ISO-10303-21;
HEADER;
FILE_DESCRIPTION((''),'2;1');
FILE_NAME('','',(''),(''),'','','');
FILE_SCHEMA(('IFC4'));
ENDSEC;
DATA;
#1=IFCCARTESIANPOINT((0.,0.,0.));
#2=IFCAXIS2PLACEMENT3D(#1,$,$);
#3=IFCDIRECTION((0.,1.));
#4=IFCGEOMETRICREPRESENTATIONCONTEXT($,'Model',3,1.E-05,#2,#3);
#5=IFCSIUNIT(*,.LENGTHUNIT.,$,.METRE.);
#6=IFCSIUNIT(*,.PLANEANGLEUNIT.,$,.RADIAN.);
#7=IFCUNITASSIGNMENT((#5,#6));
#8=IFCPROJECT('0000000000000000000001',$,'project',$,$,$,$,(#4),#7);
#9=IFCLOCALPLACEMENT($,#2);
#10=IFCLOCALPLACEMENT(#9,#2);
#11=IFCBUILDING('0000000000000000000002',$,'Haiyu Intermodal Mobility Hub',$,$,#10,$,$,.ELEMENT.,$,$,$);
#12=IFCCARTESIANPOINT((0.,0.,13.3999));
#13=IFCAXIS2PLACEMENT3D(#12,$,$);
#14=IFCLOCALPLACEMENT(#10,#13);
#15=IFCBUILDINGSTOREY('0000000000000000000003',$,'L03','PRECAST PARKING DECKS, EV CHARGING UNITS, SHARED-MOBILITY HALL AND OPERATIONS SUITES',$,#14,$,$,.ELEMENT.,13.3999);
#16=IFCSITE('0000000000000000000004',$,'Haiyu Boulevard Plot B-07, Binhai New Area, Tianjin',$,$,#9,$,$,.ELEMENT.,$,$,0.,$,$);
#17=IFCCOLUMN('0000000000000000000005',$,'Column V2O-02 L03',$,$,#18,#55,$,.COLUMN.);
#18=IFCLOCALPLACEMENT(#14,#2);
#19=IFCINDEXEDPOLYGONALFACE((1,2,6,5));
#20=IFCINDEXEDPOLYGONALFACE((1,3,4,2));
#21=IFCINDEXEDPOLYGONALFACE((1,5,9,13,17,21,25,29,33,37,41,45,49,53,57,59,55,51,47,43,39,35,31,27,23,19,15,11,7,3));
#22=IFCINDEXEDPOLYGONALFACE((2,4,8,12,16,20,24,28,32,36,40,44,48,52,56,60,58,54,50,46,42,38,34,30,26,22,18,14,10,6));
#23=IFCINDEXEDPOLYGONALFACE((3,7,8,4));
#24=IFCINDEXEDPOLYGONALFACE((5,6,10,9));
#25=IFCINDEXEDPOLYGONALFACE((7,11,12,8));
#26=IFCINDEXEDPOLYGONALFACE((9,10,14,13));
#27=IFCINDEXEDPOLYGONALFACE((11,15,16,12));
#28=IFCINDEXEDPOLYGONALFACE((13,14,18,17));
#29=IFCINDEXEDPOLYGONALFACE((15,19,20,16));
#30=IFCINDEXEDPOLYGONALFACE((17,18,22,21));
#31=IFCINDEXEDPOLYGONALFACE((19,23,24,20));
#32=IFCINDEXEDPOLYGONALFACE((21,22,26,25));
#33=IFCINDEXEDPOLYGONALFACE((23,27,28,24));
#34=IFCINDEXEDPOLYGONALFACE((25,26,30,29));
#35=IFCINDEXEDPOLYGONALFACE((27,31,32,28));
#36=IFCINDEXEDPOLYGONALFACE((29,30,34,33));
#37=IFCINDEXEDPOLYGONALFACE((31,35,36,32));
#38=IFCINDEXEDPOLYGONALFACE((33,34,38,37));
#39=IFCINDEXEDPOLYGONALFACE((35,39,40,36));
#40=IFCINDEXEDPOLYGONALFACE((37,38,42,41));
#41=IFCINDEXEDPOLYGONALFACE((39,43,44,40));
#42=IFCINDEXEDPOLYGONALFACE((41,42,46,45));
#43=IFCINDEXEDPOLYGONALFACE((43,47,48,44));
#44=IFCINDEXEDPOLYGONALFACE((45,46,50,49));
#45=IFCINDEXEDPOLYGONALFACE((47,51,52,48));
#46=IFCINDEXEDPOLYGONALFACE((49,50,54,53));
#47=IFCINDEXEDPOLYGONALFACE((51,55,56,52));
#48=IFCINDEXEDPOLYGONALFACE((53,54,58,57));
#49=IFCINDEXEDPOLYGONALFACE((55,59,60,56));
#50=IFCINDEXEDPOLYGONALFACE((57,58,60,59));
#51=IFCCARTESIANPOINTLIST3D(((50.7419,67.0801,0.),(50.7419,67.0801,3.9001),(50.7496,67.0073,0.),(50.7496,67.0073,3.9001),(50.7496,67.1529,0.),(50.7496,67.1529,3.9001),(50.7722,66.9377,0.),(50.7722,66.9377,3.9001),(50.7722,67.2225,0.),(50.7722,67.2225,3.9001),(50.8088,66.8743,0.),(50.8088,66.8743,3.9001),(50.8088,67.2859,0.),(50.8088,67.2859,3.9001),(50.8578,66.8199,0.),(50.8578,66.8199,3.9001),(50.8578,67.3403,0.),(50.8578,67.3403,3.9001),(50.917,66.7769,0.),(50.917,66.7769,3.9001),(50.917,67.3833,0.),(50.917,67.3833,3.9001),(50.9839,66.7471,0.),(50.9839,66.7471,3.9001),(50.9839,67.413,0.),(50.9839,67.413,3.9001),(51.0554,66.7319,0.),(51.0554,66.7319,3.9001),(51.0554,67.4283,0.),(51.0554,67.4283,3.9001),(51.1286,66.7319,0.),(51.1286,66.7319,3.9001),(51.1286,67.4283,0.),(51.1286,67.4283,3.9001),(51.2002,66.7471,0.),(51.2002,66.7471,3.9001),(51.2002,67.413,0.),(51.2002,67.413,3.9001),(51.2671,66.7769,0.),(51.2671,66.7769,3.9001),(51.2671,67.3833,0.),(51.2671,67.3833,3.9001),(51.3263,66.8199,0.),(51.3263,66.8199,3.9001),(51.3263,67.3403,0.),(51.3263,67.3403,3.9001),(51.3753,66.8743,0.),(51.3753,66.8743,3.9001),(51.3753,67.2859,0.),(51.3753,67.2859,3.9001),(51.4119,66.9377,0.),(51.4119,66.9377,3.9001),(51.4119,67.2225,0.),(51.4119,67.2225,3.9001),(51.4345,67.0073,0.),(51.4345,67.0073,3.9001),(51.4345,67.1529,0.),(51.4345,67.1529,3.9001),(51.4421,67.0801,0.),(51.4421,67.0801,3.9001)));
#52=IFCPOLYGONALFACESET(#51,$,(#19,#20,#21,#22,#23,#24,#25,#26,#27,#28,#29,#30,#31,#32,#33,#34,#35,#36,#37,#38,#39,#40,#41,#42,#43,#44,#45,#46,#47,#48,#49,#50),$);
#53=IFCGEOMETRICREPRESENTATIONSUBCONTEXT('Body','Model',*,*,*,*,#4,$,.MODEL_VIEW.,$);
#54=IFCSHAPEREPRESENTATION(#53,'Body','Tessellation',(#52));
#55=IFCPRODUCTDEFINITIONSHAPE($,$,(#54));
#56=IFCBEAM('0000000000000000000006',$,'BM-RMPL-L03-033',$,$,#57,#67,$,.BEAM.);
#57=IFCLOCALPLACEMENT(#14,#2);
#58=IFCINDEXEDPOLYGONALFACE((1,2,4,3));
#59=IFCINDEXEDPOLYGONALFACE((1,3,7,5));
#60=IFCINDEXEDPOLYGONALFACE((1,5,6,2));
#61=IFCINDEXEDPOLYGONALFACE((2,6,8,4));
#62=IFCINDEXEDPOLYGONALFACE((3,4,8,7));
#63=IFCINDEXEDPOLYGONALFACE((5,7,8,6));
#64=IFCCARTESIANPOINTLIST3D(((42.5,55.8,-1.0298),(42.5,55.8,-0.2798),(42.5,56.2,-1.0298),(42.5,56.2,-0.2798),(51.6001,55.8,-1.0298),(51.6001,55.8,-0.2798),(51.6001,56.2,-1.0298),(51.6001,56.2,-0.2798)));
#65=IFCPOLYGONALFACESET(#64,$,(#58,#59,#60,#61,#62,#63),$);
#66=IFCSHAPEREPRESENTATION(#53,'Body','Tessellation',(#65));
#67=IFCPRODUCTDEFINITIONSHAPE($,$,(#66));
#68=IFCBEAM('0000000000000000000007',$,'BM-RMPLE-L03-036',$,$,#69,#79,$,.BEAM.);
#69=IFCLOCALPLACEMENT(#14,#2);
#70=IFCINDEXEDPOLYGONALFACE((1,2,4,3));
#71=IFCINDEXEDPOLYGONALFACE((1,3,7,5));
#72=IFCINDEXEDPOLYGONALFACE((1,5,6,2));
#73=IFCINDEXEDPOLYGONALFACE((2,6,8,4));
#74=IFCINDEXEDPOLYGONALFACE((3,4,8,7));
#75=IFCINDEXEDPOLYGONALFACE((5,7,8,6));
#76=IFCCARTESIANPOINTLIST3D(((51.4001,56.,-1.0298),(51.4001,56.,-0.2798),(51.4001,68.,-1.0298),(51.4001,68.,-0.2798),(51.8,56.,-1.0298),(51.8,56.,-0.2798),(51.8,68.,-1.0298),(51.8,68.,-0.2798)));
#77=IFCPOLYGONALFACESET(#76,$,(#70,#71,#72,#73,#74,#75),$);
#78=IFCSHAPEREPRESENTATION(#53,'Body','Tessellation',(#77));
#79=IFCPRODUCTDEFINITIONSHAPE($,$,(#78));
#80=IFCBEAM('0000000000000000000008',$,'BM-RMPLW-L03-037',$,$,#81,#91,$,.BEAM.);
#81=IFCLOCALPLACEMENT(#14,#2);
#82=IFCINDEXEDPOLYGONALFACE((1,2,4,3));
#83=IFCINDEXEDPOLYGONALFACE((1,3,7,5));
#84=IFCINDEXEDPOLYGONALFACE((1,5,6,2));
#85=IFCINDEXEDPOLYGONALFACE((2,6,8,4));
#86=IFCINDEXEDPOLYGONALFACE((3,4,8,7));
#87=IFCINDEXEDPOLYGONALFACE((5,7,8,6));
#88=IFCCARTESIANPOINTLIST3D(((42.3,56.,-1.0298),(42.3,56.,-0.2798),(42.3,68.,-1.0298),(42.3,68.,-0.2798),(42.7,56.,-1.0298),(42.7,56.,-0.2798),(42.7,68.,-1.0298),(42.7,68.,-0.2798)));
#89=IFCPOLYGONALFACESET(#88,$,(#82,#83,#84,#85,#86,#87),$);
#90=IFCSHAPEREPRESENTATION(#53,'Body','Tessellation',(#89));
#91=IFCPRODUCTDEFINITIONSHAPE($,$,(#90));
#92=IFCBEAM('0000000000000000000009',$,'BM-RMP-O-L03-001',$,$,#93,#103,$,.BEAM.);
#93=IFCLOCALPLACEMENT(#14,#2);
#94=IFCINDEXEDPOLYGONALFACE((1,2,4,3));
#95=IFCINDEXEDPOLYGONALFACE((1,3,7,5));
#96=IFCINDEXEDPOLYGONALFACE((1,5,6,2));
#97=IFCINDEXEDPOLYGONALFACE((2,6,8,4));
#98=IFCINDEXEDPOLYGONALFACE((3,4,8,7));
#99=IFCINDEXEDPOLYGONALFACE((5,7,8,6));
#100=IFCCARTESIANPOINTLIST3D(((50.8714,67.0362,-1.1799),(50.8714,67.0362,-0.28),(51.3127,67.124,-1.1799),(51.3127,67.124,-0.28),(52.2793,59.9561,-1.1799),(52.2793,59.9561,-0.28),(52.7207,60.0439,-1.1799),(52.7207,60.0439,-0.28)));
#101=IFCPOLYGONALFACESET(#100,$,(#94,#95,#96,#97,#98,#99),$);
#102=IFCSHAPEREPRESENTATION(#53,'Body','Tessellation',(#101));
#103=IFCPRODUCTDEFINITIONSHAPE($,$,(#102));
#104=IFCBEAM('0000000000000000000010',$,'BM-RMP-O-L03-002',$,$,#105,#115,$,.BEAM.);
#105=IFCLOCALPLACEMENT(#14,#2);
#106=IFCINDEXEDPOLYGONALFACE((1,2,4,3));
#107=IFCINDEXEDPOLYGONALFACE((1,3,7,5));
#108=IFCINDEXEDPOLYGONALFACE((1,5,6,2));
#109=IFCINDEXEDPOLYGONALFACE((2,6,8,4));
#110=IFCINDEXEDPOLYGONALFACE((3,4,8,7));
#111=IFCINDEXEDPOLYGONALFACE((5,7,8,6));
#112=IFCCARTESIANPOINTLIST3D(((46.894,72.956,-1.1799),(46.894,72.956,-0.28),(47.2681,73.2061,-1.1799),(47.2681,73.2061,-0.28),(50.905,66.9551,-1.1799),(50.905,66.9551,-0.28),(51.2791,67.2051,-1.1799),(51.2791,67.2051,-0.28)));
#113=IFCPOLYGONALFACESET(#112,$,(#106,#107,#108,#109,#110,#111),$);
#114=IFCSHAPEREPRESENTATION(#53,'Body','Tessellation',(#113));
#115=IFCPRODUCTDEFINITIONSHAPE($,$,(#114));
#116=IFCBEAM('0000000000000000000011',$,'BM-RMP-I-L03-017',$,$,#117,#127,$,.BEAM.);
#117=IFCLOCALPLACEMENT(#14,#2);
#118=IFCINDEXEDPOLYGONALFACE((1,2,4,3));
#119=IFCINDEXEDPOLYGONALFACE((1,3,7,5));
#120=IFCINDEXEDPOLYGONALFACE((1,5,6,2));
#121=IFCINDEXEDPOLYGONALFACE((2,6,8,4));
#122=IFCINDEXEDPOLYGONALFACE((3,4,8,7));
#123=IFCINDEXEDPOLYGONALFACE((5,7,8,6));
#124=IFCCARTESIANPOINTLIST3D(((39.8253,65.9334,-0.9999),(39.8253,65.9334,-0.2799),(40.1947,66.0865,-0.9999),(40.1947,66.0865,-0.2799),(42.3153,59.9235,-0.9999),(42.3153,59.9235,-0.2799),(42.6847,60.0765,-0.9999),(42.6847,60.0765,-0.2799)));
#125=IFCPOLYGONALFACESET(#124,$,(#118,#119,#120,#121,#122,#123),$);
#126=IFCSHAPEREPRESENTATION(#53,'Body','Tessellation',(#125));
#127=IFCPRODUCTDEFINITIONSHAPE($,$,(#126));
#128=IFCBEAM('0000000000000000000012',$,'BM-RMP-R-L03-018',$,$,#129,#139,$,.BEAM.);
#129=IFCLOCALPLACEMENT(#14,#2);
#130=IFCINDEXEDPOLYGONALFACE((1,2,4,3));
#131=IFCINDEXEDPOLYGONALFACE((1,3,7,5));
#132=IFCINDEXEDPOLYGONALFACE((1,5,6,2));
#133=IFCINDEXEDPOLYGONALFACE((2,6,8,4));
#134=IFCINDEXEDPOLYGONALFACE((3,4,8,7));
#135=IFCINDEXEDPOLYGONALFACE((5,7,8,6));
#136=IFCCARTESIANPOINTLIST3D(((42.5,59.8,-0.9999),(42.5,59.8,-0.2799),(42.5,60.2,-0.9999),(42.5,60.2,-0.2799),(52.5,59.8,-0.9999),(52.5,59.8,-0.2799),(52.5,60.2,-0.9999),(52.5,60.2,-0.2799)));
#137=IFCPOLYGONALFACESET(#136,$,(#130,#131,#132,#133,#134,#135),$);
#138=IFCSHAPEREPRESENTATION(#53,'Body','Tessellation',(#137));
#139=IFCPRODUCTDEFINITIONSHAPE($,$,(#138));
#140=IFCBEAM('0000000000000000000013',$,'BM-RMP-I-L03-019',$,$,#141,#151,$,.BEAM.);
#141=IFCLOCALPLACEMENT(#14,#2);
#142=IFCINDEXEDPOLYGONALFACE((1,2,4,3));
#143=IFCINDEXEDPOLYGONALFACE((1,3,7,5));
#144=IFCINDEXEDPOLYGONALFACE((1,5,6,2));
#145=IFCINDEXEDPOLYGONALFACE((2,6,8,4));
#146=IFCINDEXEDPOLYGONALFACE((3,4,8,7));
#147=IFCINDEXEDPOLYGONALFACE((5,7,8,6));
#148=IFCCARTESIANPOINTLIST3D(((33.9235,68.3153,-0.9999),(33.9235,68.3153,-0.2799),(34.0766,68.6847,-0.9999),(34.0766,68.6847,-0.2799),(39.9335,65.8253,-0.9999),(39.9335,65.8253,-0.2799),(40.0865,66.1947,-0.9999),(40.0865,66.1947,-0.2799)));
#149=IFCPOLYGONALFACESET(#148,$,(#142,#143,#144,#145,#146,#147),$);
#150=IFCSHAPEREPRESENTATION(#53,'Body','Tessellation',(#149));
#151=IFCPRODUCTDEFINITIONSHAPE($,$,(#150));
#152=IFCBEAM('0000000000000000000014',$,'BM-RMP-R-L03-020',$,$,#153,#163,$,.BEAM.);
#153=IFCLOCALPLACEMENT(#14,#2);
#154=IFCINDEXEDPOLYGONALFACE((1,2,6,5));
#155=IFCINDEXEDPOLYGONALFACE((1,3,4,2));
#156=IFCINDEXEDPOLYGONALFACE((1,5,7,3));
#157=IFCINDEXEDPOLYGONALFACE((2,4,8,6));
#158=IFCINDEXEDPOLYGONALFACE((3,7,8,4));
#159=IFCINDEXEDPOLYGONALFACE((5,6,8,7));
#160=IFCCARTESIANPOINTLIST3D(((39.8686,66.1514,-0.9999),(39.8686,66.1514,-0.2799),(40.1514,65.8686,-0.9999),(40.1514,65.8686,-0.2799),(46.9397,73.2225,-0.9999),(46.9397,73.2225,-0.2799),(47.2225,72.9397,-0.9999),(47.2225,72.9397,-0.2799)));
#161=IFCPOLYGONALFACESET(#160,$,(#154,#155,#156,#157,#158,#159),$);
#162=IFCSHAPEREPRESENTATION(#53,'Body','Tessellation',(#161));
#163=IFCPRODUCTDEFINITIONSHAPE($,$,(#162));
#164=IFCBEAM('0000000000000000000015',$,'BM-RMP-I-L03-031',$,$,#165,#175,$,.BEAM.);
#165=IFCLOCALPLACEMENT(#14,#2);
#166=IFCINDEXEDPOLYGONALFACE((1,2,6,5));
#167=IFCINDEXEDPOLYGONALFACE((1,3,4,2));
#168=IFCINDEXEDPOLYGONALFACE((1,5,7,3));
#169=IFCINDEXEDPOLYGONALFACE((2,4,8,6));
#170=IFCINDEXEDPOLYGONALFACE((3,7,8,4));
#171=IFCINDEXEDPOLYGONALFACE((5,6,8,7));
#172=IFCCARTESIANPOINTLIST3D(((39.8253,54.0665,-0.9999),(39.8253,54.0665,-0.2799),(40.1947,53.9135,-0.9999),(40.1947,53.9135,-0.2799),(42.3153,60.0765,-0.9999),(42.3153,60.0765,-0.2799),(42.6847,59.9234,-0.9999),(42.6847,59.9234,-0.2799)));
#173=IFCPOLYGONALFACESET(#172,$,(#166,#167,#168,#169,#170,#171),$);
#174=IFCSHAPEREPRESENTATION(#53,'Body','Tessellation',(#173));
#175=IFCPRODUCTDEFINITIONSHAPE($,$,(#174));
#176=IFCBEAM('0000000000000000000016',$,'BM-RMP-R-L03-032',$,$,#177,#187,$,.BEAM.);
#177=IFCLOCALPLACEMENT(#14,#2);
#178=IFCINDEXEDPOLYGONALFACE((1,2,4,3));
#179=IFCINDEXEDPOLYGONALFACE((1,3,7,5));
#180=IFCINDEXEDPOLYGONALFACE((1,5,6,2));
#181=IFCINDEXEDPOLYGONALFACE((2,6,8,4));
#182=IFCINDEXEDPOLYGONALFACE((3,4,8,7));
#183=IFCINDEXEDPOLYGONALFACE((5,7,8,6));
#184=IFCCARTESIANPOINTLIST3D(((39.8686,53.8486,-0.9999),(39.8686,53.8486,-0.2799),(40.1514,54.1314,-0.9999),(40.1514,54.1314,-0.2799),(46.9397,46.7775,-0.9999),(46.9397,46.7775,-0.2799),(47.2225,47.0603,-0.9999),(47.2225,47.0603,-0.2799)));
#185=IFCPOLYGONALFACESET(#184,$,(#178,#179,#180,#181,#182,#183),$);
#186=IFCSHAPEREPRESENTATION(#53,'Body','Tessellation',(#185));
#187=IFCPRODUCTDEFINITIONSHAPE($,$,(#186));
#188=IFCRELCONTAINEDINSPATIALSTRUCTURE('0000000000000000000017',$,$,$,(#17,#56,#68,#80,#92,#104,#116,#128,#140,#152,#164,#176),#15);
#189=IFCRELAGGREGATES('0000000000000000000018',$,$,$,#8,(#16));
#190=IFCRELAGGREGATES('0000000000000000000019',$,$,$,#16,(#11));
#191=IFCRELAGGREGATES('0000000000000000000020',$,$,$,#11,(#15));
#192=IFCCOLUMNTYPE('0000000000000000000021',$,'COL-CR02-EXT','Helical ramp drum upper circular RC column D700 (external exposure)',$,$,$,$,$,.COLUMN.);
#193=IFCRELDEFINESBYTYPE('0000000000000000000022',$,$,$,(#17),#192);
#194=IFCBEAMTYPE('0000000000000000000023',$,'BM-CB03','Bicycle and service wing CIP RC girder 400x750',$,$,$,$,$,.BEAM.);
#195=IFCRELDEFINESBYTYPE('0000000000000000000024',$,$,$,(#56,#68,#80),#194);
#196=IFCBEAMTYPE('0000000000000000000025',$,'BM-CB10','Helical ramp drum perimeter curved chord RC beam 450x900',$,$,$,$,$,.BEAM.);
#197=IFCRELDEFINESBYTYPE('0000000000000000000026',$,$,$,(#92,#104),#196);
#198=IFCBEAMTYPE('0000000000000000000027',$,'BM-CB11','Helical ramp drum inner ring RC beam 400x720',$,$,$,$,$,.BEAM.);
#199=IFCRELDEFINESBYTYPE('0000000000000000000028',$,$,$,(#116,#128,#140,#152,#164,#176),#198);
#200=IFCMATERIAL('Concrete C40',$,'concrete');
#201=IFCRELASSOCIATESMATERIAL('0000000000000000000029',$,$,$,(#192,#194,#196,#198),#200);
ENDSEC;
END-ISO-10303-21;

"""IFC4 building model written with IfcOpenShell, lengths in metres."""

from ifc_helpers import new_model, si_unit, direction, frame, origin, origin_2d, place, context, subcontext, project, spatial, rectangle, circle, extrude, material, material_profile, profile_set, type_object, element, save


model = new_model("IFC4")

# Units and contexts
model_context = context("Model", 3, precision=1e-05, world=origin(), true_north=direction((0.0, 1.0)))
body_context = subcontext(model_context, "Body", "Model", "MODEL_VIEW")
ifc_project = project(units=[si_unit("LENGTHUNIT", "METRE"), si_unit("PLANEANGLEUNIT", "RADIAN")], contexts=[model_context])

# Site, building, storey
site_placement = place(None, origin())
site = spatial("IfcSite", under=ifc_project, at=site_placement, Name="Haiyu Boulevard Plot B-07, Binhai New Area, Tianjin", CompositionType="ELEMENT", RefElevation=0.0)
building_placement = place(site_placement, origin())
building = spatial("IfcBuilding", under=site, at=building_placement, Name="Haiyu Intermodal Mobility Hub", CompositionType="ELEMENT")
storey_placement = place(building_placement, frame((0.0, 0.0, 13.3999)))
storey = spatial("IfcBuildingStorey", under=building, at=storey_placement, Name="L03", Description="PRECAST PARKING DECKS, EV CHARGING UNITS, SHARED-MOBILITY HALL AND OPERATIONS SUITES", CompositionType="ELEMENT", Elevation=13.3999)

# Column
ifc_material_1 = material(Name="Concrete C40", Category="concrete")
ifc_material_profile_1 = material_profile(ifc_material_1, circle(Radius=0.3501, at=origin_2d()), Name="RCCOL-D700")
ifc_profile_set_1 = profile_set([ifc_material_profile_1], Name="Concrete C40")
column_type_1 = type_object("IfcColumnType", Name="COL-CR02-EXT", Description="Helical ramp drum upper circular RC column D700 (external exposure)", PredefinedType="COLUMN", material=ifc_profile_set_1)
for number, where, z_axis, x_axis, name in (
    (1, (51.092, 67.0801, 0.0), (0.0, 0.0, 1.0), (1.0, 0.0, 0.0), "Column V2O-02 L03"),
):
    element("IfcColumn", number, at=place(storey_placement, frame(where, z_axis=z_axis, x_axis=x_axis)), inside=storey, type_object=column_type_1, Name=name, PredefinedType="COLUMN", context=body_context, shape_type="SweptSolid", body=[
        extrude(circle(Radius=0.3501, at=origin_2d()), origin(), (0.0, 0.0, 1.0), 3.9001),
    ])

# Beams
ifc_material_profile_2 = material_profile(ifc_material_1, rectangle(XDim=0.3999, YDim=0.75, at=origin_2d()), Name="RCB400x750")
ifc_profile_set_2 = profile_set([ifc_material_profile_2], Name="Concrete C40")
beam_type_1 = type_object("IfcBeamType", Name="BM-CB03", Description="Bicycle and service wing CIP RC girder 400x750", PredefinedType="BEAM", material=ifc_profile_set_2)
beam_1_placement = place(storey_placement, frame((42.5, 56.0, -0.6548), z_axis=(1.0, 0.0, 0.0), x_axis=(0.0, 1.0, 0.0)))
element("IfcBeam", 2, at=beam_1_placement, inside=storey, type_object=beam_type_1, Name="BM-RMPL-L03-033", PredefinedType="BEAM", context=body_context, shape_type="SweptSolid", body=[
    extrude(rectangle(XDim=0.3999, YDim=0.75, at=origin_2d()), origin(), (0.0, 0.0, 1.0), 9.1001),
])
for number, where, z_axis, x_axis, name in (
    (3, (51.6001, 56.0, -0.6548), (0.0, 1.0, 0.0), (-1.0, 0.0, 0.0), "BM-RMPLE-L03-036"),
    (4, (42.5, 56.0, -0.6548), (0.0, 1.0, 0.0), (-1.0, 0.0, 0.0), "BM-RMPLW-L03-037"),
):
    element("IfcBeam", number, at=place(storey_placement, frame(where, z_axis=z_axis, x_axis=x_axis)), inside=storey, type_object=beam_type_1, Name=name, PredefinedType="BEAM", context=body_context, shape_type="SweptSolid", body=[
        extrude(rectangle(XDim=0.3999, YDim=0.75, at=origin_2d()), origin(), (0.0, 0.0, 1.0), 12.0),
    ])
ifc_material_profile_3 = material_profile(ifc_material_1, rectangle(XDim=0.45, YDim=0.8999, at=origin_2d()), Name="RCB450x900")
ifc_profile_set_3 = profile_set([ifc_material_profile_3], Name="Concrete C40")
beam_type_2 = type_object("IfcBeamType", Name="BM-CB10", Description="Helical ramp drum perimeter curved chord RC beam 450x900", PredefinedType="BEAM", material=ifc_profile_set_3)
beam_2_placement = place(storey_placement, frame((52.5, 60.0, -0.73), z_axis=(-0.195043, 0.980795, 0.0), x_axis=(-0.980795, -0.195043, 0.0)))
element("IfcBeam", 5, at=beam_2_placement, inside=storey, type_object=beam_type_2, Name="BM-RMP-O-L03-001", PredefinedType="BEAM", context=body_context, shape_type="SweptSolid", body=[
    extrude(rectangle(XDim=0.45, YDim=0.8999, at=origin_2d()), origin(), (0.0, 0.0, 1.0), 7.2188),
])
beam_3_placement = place(storey_placement, frame((51.092, 67.0801, -0.73), z_axis=(-0.555691, 0.831389, 0.0), x_axis=(-0.831389, -0.555691, 0.0)))
element("IfcBeam", 6, at=beam_3_placement, inside=storey, type_object=beam_type_2, Name="BM-RMP-O-L03-002", PredefinedType="BEAM", context=body_context, shape_type="SweptSolid", body=[
    extrude(rectangle(XDim=0.45, YDim=0.8999, at=origin_2d()), origin(), (0.0, 0.0, 1.0), 7.218),
])
ifc_material_profile_4 = material_profile(ifc_material_1, rectangle(XDim=0.3999, YDim=0.72, at=origin_2d()), Name="RCB400x720")
ifc_profile_set_4 = profile_set([ifc_material_profile_4], Name="Concrete C40")
beam_type_3 = type_object("IfcBeamType", Name="BM-CB11", Description="Helical ramp drum inner ring RC beam 400x720", PredefinedType="BEAM", material=ifc_profile_set_4)
beam_4_placement = place(storey_placement, frame((42.5, 60.0, -0.6399), z_axis=(-0.382757, 0.923849, 0.0), x_axis=(-0.923849, -0.382757, 0.0)))
element("IfcBeam", 7, at=beam_4_placement, inside=storey, type_object=beam_type_3, Name="BM-RMP-I-L03-017", PredefinedType="BEAM", context=body_context, shape_type="SweptSolid", body=[
    extrude(rectangle(XDim=0.3999, YDim=0.72, at=origin_2d()), origin(), (0.0, 0.0, 1.0), 6.5054),
])
beam_5_placement = place(storey_placement, frame((42.5, 60.0, -0.6399), z_axis=(1.0, 0.0, 0.0), x_axis=(0.0, 1.0, 0.0)))
element("IfcBeam", 8, at=beam_5_placement, inside=storey, type_object=beam_type_3, Name="BM-RMP-R-L03-018", PredefinedType="BEAM", context=body_context, shape_type="SweptSolid", body=[
    extrude(rectangle(XDim=0.3999, YDim=0.72, at=origin_2d()), origin(), (0.0, 0.0, 1.0), 10.0),
])
beam_6_placement = place(storey_placement, frame((40.01, 66.01, -0.6399), z_axis=(-0.923849, 0.382757, 0.0), x_axis=(-0.382757, -0.923849, 0.0)))
element("IfcBeam", 9, at=beam_6_placement, inside=storey, type_object=beam_type_3, Name="BM-RMP-I-L03-019", PredefinedType="BEAM", context=body_context, shape_type="SweptSolid", body=[
    extrude(rectangle(XDim=0.3999, YDim=0.72, at=origin_2d()), origin(), (0.0, 0.0, 1.0), 6.5054),
])
beam_7_placement = place(storey_placement, frame((40.01, 66.01, -0.6399), z_axis=(0.707107, 0.707107, 0.0), x_axis=(-0.707107, 0.707107, 0.0)))
element("IfcBeam", 10, at=beam_7_placement, inside=storey, type_object=beam_type_3, Name="BM-RMP-R-L03-020", PredefinedType="BEAM", context=body_context, shape_type="SweptSolid", body=[
    extrude(rectangle(XDim=0.3999, YDim=0.72, at=origin_2d()), origin(), (0.0, 0.0, 1.0), 10.0),
])
beam_8_placement = place(storey_placement, frame((40.01, 53.99, -0.6399), z_axis=(0.382757, 0.923849, 0.0), x_axis=(-0.923849, 0.382757, 0.0)))
element("IfcBeam", 11, at=beam_8_placement, inside=storey, type_object=beam_type_3, Name="BM-RMP-I-L03-031", PredefinedType="BEAM", context=body_context, shape_type="SweptSolid", body=[
    extrude(rectangle(XDim=0.3999, YDim=0.72, at=origin_2d()), origin(), (0.0, 0.0, 1.0), 6.5054),
])
beam_9_placement = place(storey_placement, frame((40.01, 53.99, -0.6399), z_axis=(0.707107, -0.707107, 0.0), x_axis=(0.707107, 0.707107, 0.0)))
element("IfcBeam", 12, at=beam_9_placement, inside=storey, type_object=beam_type_3, Name="BM-RMP-R-L03-032", PredefinedType="BEAM", context=body_context, shape_type="SweptSolid", body=[
    extrude(rectangle(XDim=0.3999, YDim=0.72, at=origin_2d()), origin(), (0.0, 0.0, 1.0), 10.0),
])

save(model, "model.ifc")
